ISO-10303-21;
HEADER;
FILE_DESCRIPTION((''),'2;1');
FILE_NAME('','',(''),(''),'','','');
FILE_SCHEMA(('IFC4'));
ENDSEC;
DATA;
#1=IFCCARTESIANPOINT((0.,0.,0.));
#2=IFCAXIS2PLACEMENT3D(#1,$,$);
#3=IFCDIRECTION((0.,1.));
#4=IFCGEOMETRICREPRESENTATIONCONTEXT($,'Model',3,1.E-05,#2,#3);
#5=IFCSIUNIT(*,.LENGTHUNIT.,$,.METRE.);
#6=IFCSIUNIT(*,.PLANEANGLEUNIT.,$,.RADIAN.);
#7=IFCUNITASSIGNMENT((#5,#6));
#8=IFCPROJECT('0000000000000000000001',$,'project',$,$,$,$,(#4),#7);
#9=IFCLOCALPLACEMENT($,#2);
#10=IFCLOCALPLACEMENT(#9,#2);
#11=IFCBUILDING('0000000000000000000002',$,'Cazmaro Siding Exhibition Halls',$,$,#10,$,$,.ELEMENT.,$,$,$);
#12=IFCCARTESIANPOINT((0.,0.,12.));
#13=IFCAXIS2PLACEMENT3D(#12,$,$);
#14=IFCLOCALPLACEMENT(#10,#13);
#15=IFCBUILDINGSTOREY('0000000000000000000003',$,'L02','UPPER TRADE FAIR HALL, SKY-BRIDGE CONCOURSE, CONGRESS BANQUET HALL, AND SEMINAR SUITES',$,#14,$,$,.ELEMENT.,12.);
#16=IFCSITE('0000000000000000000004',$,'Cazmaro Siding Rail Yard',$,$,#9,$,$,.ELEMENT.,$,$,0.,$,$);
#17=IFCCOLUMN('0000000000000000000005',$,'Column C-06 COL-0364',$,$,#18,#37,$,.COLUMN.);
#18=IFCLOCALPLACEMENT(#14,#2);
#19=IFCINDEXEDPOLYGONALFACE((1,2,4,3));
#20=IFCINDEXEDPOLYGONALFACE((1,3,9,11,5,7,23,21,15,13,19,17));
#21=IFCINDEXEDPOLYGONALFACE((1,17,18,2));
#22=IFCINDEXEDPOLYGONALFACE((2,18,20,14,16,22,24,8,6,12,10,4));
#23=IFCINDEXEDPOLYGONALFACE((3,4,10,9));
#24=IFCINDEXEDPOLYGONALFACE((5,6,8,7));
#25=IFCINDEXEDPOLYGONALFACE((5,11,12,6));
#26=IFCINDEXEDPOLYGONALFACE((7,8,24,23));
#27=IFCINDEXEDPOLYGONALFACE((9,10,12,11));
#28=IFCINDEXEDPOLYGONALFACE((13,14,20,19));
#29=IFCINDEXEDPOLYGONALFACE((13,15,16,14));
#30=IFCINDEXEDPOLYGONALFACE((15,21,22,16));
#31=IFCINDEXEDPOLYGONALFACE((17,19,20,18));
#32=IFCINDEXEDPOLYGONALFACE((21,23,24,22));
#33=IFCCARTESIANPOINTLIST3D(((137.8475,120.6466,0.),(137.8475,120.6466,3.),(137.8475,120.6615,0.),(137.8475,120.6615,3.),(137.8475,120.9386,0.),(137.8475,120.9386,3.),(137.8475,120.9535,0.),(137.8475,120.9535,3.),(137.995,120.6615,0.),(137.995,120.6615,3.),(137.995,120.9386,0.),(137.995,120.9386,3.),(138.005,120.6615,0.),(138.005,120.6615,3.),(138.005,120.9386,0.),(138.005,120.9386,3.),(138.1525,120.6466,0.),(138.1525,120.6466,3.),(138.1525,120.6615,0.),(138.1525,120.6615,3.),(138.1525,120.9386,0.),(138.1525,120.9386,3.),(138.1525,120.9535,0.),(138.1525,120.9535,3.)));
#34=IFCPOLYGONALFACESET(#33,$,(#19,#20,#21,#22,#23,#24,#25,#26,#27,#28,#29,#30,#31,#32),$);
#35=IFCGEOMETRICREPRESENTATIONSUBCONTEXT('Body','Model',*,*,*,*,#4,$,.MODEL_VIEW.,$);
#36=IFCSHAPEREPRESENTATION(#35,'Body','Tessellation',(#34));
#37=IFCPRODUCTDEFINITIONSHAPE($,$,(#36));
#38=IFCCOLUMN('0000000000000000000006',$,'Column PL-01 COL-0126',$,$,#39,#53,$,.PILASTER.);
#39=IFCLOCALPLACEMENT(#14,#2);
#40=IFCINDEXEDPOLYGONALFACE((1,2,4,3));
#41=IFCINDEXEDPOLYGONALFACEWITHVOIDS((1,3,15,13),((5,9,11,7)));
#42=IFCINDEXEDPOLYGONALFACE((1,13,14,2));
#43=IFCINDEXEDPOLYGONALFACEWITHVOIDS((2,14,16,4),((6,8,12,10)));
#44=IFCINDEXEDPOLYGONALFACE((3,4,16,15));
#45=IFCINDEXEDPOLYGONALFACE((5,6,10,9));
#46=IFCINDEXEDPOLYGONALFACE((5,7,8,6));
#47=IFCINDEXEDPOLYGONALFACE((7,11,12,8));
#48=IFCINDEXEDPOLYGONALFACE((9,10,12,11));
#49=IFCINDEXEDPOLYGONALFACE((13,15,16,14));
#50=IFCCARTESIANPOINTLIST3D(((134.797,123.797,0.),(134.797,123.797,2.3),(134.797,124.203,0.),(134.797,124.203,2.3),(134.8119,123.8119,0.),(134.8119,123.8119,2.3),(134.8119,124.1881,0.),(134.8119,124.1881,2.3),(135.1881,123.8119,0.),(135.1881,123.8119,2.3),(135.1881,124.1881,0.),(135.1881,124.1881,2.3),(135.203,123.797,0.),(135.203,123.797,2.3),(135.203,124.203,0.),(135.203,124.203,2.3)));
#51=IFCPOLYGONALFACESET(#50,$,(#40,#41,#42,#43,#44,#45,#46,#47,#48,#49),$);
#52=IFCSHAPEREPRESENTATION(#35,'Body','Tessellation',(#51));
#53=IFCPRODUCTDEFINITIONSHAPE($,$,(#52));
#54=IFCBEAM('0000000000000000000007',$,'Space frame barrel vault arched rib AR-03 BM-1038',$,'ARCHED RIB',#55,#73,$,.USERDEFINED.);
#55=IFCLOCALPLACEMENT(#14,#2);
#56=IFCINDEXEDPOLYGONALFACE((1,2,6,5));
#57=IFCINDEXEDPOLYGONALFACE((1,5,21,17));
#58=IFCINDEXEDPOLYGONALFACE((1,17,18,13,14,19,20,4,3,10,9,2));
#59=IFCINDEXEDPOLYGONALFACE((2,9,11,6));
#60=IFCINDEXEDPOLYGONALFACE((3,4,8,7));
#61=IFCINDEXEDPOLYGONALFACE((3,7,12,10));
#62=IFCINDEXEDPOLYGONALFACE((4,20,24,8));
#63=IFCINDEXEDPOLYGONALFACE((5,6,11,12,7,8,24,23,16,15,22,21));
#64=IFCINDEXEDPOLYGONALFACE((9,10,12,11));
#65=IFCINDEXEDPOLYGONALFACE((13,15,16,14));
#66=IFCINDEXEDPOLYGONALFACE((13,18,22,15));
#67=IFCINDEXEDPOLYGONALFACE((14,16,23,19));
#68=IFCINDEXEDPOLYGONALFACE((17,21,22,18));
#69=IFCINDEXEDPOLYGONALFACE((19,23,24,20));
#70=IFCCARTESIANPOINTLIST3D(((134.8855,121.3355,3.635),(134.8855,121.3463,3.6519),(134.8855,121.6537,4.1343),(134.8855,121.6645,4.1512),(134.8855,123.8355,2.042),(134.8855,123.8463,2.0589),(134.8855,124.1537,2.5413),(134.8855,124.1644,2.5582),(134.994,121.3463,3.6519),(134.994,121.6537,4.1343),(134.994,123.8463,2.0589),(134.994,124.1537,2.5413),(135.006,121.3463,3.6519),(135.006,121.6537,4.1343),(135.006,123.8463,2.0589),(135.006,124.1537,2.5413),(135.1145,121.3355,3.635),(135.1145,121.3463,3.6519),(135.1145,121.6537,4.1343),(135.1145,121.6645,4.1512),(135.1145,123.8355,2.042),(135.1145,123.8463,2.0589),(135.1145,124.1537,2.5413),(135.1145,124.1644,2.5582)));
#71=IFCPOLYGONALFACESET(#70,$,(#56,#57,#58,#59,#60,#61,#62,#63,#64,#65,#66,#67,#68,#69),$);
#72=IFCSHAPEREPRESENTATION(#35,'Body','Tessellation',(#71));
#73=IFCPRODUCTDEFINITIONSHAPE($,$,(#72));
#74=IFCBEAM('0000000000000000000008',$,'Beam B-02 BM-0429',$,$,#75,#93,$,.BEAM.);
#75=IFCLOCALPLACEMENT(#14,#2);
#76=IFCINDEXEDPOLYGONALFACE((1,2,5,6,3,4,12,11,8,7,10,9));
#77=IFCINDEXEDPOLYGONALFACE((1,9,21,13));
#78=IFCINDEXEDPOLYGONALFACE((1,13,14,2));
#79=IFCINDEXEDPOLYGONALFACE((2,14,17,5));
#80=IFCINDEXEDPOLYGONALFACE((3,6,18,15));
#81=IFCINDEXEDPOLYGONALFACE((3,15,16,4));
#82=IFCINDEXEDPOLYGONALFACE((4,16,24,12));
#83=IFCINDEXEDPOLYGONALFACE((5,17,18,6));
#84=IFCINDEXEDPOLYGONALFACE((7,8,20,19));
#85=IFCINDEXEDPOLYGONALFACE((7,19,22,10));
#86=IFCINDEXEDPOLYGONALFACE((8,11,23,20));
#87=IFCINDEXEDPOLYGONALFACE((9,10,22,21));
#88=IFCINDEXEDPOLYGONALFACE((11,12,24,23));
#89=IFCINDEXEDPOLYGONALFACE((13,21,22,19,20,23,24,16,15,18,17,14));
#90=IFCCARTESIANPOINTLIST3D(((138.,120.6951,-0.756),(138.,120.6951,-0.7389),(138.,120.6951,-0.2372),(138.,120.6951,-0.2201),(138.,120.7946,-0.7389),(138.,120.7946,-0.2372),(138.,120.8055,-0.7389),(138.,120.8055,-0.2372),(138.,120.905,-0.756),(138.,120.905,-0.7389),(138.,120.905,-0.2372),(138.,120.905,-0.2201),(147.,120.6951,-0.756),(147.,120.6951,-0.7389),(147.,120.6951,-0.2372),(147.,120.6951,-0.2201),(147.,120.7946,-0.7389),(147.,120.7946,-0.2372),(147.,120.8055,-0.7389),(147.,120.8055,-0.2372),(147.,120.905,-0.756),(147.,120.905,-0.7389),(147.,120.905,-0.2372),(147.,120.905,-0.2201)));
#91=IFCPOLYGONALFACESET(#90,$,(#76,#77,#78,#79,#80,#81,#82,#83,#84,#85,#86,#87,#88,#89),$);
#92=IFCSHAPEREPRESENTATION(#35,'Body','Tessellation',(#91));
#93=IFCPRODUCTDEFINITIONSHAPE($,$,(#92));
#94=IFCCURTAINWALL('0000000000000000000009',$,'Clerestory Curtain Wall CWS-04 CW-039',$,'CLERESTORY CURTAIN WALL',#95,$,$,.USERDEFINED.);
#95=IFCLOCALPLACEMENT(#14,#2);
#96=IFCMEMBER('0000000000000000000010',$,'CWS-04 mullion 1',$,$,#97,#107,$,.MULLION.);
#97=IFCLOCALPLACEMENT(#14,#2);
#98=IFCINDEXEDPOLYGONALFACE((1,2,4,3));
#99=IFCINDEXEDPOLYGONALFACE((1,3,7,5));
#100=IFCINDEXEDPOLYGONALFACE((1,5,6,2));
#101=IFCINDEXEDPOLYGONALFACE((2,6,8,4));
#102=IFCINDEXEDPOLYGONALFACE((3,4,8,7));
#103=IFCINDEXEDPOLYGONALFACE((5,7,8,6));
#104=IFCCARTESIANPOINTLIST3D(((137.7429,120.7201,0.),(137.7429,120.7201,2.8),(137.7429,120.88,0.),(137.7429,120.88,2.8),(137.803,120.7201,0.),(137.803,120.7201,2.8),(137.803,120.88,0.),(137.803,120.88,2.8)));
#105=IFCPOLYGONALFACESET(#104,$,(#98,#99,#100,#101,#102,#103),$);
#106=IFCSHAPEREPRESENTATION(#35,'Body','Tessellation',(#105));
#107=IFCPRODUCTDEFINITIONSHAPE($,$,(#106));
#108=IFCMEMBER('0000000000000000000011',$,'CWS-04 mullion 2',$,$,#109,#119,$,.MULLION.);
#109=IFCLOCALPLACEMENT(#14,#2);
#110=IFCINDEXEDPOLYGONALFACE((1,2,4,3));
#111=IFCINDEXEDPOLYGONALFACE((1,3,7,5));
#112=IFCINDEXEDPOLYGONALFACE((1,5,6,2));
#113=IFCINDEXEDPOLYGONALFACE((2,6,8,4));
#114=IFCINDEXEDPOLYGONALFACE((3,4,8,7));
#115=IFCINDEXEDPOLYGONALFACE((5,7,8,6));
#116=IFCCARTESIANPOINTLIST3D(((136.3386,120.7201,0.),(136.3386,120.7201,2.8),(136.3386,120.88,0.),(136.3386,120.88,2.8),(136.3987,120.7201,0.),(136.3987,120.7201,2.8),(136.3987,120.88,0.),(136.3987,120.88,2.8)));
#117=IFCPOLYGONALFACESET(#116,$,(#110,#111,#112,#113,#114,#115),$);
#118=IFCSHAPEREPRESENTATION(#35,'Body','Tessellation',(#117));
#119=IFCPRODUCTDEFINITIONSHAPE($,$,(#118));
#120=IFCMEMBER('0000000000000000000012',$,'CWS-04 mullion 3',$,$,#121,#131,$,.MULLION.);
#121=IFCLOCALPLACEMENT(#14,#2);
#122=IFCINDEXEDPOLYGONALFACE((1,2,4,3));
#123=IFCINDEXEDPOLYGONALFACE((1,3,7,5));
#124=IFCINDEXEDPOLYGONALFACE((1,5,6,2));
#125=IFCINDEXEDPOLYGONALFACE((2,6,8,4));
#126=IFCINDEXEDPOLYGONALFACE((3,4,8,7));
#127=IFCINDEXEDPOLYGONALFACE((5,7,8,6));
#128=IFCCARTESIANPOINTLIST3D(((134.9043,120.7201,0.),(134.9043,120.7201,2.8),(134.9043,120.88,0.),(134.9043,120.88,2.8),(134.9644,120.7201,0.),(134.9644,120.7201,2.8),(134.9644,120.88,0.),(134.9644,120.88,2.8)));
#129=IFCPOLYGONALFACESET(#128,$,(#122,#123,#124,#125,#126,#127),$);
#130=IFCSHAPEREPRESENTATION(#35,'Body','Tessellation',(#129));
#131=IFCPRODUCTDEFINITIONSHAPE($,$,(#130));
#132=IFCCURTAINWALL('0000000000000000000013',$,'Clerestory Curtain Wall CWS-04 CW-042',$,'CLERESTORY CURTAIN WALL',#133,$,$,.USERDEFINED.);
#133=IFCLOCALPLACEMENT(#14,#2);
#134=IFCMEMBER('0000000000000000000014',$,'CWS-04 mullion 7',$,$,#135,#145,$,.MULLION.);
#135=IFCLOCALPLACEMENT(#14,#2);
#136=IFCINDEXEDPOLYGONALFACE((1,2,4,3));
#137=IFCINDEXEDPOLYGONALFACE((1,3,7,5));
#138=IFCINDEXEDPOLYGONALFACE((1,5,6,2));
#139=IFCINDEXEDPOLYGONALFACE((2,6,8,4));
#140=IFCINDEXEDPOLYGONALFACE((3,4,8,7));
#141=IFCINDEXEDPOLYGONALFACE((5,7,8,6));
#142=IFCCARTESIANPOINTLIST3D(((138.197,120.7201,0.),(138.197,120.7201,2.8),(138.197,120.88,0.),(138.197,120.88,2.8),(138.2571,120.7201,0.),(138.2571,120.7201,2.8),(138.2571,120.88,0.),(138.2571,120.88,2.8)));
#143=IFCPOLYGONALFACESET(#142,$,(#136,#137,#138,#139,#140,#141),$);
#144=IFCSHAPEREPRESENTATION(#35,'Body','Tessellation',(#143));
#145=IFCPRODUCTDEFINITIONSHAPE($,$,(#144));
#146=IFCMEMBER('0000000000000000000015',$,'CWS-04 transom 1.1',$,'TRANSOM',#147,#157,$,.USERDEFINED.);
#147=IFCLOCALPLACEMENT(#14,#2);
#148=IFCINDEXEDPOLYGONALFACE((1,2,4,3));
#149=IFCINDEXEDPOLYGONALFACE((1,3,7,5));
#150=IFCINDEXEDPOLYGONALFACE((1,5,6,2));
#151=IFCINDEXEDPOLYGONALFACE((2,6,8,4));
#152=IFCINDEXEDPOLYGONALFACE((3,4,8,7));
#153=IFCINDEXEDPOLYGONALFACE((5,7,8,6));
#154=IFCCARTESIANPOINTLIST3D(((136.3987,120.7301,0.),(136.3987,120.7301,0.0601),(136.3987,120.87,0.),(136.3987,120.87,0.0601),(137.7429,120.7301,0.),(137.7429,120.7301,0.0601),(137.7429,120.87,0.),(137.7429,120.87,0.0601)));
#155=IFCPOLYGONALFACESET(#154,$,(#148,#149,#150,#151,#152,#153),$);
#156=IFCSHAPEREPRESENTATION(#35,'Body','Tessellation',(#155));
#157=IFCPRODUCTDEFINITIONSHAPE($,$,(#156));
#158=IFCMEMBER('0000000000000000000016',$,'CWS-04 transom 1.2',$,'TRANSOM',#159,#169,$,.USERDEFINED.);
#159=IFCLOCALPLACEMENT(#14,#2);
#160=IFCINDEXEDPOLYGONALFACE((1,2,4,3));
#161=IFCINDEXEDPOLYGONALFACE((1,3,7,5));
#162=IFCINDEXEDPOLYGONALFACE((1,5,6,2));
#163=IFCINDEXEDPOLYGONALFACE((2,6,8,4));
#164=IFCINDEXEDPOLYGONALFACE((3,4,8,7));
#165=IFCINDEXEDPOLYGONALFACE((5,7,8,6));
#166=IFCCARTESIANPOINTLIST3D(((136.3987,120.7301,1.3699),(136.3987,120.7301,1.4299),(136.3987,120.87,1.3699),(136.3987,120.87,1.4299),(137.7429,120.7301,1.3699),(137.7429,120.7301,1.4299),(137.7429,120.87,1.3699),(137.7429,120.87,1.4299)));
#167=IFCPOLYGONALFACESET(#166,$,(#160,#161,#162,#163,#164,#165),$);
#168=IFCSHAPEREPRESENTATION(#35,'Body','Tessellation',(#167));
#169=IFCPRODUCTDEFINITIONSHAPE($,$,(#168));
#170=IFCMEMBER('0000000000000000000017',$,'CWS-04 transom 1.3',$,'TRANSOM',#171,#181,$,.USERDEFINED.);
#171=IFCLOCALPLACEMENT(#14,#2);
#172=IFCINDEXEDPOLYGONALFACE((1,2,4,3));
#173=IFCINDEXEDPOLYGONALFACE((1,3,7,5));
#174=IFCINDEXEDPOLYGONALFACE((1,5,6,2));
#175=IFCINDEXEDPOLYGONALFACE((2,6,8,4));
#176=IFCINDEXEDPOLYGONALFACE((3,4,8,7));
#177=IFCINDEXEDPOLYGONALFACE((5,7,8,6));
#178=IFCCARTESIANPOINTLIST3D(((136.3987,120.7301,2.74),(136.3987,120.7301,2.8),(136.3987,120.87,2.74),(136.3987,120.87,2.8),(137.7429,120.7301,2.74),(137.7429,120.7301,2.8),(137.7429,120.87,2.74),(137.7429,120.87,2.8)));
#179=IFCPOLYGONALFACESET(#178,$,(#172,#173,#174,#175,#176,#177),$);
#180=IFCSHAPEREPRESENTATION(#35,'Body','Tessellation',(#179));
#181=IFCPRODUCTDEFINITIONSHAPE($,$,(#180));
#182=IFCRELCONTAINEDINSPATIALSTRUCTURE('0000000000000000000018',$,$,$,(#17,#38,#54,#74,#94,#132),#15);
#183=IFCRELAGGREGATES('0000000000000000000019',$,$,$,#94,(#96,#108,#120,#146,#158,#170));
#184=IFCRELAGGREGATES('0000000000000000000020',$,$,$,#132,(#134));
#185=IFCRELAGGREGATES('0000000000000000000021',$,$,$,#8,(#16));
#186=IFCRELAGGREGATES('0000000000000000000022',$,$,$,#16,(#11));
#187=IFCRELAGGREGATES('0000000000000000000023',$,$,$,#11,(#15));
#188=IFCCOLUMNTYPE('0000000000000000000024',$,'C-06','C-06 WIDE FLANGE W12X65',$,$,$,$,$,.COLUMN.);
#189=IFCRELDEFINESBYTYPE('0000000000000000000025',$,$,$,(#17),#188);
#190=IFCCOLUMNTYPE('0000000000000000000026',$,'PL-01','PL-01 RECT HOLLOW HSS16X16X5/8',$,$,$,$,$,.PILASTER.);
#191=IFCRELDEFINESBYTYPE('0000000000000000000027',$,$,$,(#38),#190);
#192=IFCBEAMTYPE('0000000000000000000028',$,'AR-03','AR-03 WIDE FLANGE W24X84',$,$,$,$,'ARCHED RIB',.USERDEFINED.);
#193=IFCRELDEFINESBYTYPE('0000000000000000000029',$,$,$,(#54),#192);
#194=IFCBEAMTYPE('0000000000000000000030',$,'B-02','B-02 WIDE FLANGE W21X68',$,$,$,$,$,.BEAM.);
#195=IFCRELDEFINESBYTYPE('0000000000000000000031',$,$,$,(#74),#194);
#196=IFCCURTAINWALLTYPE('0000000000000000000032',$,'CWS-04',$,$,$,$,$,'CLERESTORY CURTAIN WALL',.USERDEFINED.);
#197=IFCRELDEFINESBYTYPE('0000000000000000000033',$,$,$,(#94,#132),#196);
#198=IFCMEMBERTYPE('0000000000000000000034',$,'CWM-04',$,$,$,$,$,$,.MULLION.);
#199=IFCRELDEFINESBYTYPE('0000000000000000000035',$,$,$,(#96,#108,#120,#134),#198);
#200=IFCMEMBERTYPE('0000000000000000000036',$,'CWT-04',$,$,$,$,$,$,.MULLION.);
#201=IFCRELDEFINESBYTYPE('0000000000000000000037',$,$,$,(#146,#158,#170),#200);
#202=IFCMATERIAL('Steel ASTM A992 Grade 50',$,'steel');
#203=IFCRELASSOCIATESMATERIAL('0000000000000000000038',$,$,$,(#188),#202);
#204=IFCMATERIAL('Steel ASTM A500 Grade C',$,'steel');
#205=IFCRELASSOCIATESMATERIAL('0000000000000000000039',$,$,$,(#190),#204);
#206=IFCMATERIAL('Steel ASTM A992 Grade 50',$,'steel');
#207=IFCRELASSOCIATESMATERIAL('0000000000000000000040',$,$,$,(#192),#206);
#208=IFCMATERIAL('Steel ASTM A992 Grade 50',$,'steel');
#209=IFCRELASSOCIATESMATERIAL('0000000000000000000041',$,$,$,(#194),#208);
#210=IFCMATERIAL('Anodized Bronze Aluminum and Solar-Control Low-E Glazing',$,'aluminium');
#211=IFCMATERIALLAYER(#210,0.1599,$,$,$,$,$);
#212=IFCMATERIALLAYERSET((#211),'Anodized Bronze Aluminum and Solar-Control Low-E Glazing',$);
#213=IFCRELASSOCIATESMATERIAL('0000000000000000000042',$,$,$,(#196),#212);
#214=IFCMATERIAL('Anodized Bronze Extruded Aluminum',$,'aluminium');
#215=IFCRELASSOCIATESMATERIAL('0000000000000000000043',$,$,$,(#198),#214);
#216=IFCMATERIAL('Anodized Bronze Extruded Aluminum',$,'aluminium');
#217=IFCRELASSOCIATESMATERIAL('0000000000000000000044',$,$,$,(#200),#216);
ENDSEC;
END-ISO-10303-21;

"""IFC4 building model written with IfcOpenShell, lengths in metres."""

from ifc_helpers import new_model, si_unit, direction, frame, origin, origin_2d, place, context, subcontext, project, spatial, rectangle, hollow_rectangle, i_section, extrude, material, layer, layer_set, material_profile, profile_set, type_object, element, aggregate, save


model = new_model("IFC4")

# Units and contexts
model_context = context("Model", 3, precision=1e-05, world=origin(), true_north=direction((0.0, 1.0)))
body_context = subcontext(model_context, "Body", "Model", "MODEL_VIEW")
ifc_project = project(units=[si_unit("LENGTHUNIT", "METRE"), si_unit("PLANEANGLEUNIT", "RADIAN")], contexts=[model_context])

# Site, building, storey
site_placement = place(None, origin())
site = spatial("IfcSite", under=ifc_project, at=site_placement, Name="Cazmaro Siding Rail Yard", CompositionType="ELEMENT", RefElevation=0.0)
building_placement = place(site_placement, origin())
building = spatial("IfcBuilding", under=site, at=building_placement, Name="Cazmaro Siding Exhibition Halls", CompositionType="ELEMENT")
storey_placement = place(building_placement, frame((0.0, 0.0, 12.0)))
storey = spatial("IfcBuildingStorey", under=building, at=storey_placement, Name="L02", Description="UPPER TRADE FAIR HALL, SKY-BRIDGE CONCOURSE, CONGRESS BANQUET HALL, AND SEMINAR SUITES", CompositionType="ELEMENT", Elevation=12.0)

# Columns
ifc_material_1 = material(Name="Steel ASTM A992 Grade 50", Category="steel")
ifc_material_profile_1 = material_profile(ifc_material_1, i_section(OverallWidth=0.3049, OverallDepth=0.3069, WebThickness=0.01, FlangeThickness=0.0149, at=origin_2d()), Name="W12X65")
ifc_profile_set_1 = profile_set([ifc_material_profile_1], Name="Steel ASTM A992 Grade 50")
column_type_1 = type_object("IfcColumnType", Name="C-06", Description="C-06 WIDE FLANGE W12X65", PredefinedType="COLUMN", material=ifc_profile_set_1)
column_1_placement = place(storey_placement, frame((138.0, 120.8, 0.0), z_axis=(0.0, 0.0, 1.0), x_axis=(1.0, 0.0, 0.0)))
element("IfcColumn", 1, at=column_1_placement, inside=storey, type_object=column_type_1, Name="Column C-06 COL-0364", PredefinedType="COLUMN", context=body_context, shape_type="SweptSolid", body=[
    extrude(i_section(OverallWidth=0.3049, OverallDepth=0.3069, WebThickness=0.01, FlangeThickness=0.0149, at=origin_2d()), origin(), (0.0, 0.0, 1.0), 3.0),
])
ifc_material_2 = material(Name="Steel ASTM A500 Grade C", Category="steel")
ifc_material_profile_2 = material_profile(ifc_material_2, hollow_rectangle(XDim=0.406, YDim=0.406, WallThickness=0.0149, at=origin_2d()), Name="HSS16X16X5/8")
ifc_profile_set_2 = profile_set([ifc_material_profile_2], Name="Steel ASTM A500 Grade C")
column_type_2 = type_object("IfcColumnType", Name="PL-01", Description="PL-01 RECT HOLLOW HSS16X16X5/8", PredefinedType="PILASTER", material=ifc_profile_set_2)
column_2_placement = place(storey_placement, frame((135.0, 124.0, 0.0), z_axis=(0.0, 0.0, 1.0), x_axis=(1.0, 0.0, 0.0)))
element("IfcColumn", 2, at=column_2_placement, inside=storey, type_object=column_type_2, Name="Column PL-01 COL-0126", PredefinedType="PILASTER", context=body_context, shape_type="SweptSolid", body=[
    extrude(hollow_rectangle(XDim=0.406, YDim=0.406, WallThickness=0.0149, at=origin_2d()), origin(), (0.0, 0.0, 1.0), 2.3),
])

# Beams
ifc_material_3 = material(Name="Steel ASTM A992 Grade 50", Category="steel")
ifc_material_profile_3 = material_profile(ifc_material_3, i_section(OverallWidth=0.229, OverallDepth=0.6121, WebThickness=0.012, FlangeThickness=0.02, at=origin_2d()), Name="W24X84")
ifc_profile_set_3 = profile_set([ifc_material_profile_3], Name="Steel ASTM A992 Grade 50")
beam_type_1 = type_object("IfcBeamType", Name="AR-03", Description="AR-03 WIDE FLANGE W24X84", ElementType="ARCHED RIB", PredefinedType="USERDEFINED", material=ifc_profile_set_3)
beam_1_placement = place(storey_placement, frame((135.0, 121.5, 3.8931), z_axis=(0.0, 0.843339, -0.537382), x_axis=(-1.0, 0.0, 0.0)))
element("IfcBeam", 3, at=beam_1_placement, inside=storey, type_object=beam_type_1, Name="Space frame barrel vault arched rib AR-03 BM-1038", ObjectType="ARCHED RIB", PredefinedType="USERDEFINED", context=body_context, shape_type="SweptSolid", body=[
    extrude(i_section(OverallWidth=0.229, OverallDepth=0.6121, WebThickness=0.012, FlangeThickness=0.02, at=origin_2d()), origin(), (0.0, 0.0, 1.0), 2.9644),
])
ifc_material_4 = material(Name="Steel ASTM A992 Grade 50", Category="steel")
ifc_material_profile_4 = material_profile(ifc_material_4, i_section(OverallWidth=0.21, OverallDepth=0.5359, WebThickness=0.011, FlangeThickness=0.0171, at=origin_2d()), Name="W21X68")
ifc_profile_set_4 = profile_set([ifc_material_profile_4], Name="Steel ASTM A992 Grade 50")
beam_type_2 = type_object("IfcBeamType", Name="B-02", Description="B-02 WIDE FLANGE W21X68", PredefinedType="BEAM", material=ifc_profile_set_4)
beam_2_placement = place(storey_placement, frame((138.0, 120.8, -0.488), z_axis=(1.0, 0.0, 0.0), x_axis=(0.0, 1.0, 0.0)))
element("IfcBeam", 4, at=beam_2_placement, inside=storey, type_object=beam_type_2, Name="Beam B-02 BM-0429", PredefinedType="BEAM", context=body_context, shape_type="SweptSolid", body=[
    extrude(i_section(OverallWidth=0.21, OverallDepth=0.5359, WebThickness=0.011, FlangeThickness=0.0171, at=origin_2d()), origin(), (0.0, 0.0, 1.0), 9.0),
])

# Curtain wall, members
ifc_material_5 = material(Name="Anodized Bronze Aluminum and Solar-Control Low-E Glazing", Category="aluminium")
ifc_layer_1 = layer(ifc_material_5, 0.1599)
ifc_layer_set_1 = layer_set([ifc_layer_1], Name="Anodized Bronze Aluminum and Solar-Control Low-E Glazing")
curtain_wall_type = type_object("IfcCurtainWallType", Name="CWS-04", ElementType="CLERESTORY CURTAIN WALL", PredefinedType="USERDEFINED", material=ifc_layer_set_1)
curtain_wall_1_placement = place(storey_placement, origin())
curtain_wall_1 = element("IfcCurtainWall", 5, at=curtain_wall_1_placement, inside=storey, type_object=curtain_wall_type, Name="Clerestory Curtain Wall CWS-04 CW-039", ObjectType="CLERESTORY CURTAIN WALL", PredefinedType="USERDEFINED")
ifc_material_6 = material(Name="Anodized Bronze Extruded Aluminum", Category="aluminium")
ifc_material_profile_5 = material_profile(ifc_material_6, rectangle(XDim=0.1599, YDim=0.0601, at=origin_2d()), Name="CWM-04")
ifc_profile_set_5 = profile_set([ifc_material_profile_5], Name="Anodized Bronze Extruded Aluminum")
member_type_1 = type_object("IfcMemberType", Name="CWM-04", PredefinedType="MULLION", material=ifc_profile_set_5)
member_1_placement = place(storey_placement, frame((137.7729, 120.8, 0.0), z_axis=(0.0, 0.0, 1.0), x_axis=(0.0, -1.0, 0.0)))
member_1 = element("IfcMember", 6, at=member_1_placement, type_object=member_type_1, Name="CWS-04 mullion 1", PredefinedType="MULLION", context=body_context, shape_type="SweptSolid", body=[
    extrude(rectangle(XDim=0.1599, YDim=0.0601, at=origin_2d()), origin(), (0.0, 0.0, 1.0), 2.8),
])
member_2_placement = place(storey_placement, frame((136.3687, 120.8, 0.0), z_axis=(0.0, 0.0, 1.0), x_axis=(0.0, -1.0, 0.0)))
member_2 = element("IfcMember", 7, at=member_2_placement, type_object=member_type_1, Name="CWS-04 mullion 2", PredefinedType="MULLION", context=body_context, shape_type="SweptSolid", body=[
    extrude(rectangle(XDim=0.1599, YDim=0.0601, at=origin_2d()), origin(), (0.0, 0.0, 1.0), 2.8),
])
member_3_placement = place(storey_placement, frame((134.9343, 120.8, 0.0), z_axis=(0.0, 0.0, 1.0), x_axis=(0.0, -1.0, 0.0)))
member_3 = element("IfcMember", 8, at=member_3_placement, type_object=member_type_1, Name="CWS-04 mullion 3", PredefinedType="MULLION", context=body_context, shape_type="SweptSolid", body=[
    extrude(rectangle(XDim=0.1599, YDim=0.0601, at=origin_2d()), origin(), (0.0, 0.0, 1.0), 2.8),
])

# Curtain wall, member
curtain_wall_2_placement = place(storey_placement, origin())
curtain_wall_2 = element("IfcCurtainWall", 9, at=curtain_wall_2_placement, inside=storey, type_object=curtain_wall_type, Name="Clerestory Curtain Wall CWS-04 CW-042", ObjectType="CLERESTORY CURTAIN WALL", PredefinedType="USERDEFINED")
member_4_placement = place(storey_placement, frame((138.2271, 120.8, 0.0), z_axis=(0.0, 0.0, 1.0), x_axis=(0.0, -1.0, 0.0)))
member_4 = element("IfcMember", 10, at=member_4_placement, type_object=member_type_1, Name="CWS-04 mullion 7", PredefinedType="MULLION", context=body_context, shape_type="SweptSolid", body=[
    extrude(rectangle(XDim=0.1599, YDim=0.0601, at=origin_2d()), origin(), (0.0, 0.0, 1.0), 2.8),
])

# Members
ifc_material_7 = material(Name="Anodized Bronze Extruded Aluminum", Category="aluminium")
ifc_material_profile_6 = material_profile(ifc_material_7, rectangle(XDim=0.1399, YDim=0.0601, at=origin_2d()), Name="CWT-04")
ifc_profile_set_6 = profile_set([ifc_material_profile_6], Name="Anodized Bronze Extruded Aluminum")
member_type_2 = type_object("IfcMemberType", Name="CWT-04", PredefinedType="MULLION", material=ifc_profile_set_6)
member_5_placement = place(storey_placement, frame((137.7429, 120.8, 0.03), z_axis=(-1.0, 0.0, 0.0), x_axis=(0.0, -1.0, 0.0)))
member_5 = element("IfcMember", 11, at=member_5_placement, type_object=member_type_2, Name="CWS-04 transom 1.1", ObjectType="TRANSOM", PredefinedType="USERDEFINED", context=body_context, shape_type="SweptSolid", body=[
    extrude(rectangle(XDim=0.1399, YDim=0.0601, at=origin_2d()), origin(), (0.0, 0.0, 1.0), 1.3442),
])
member_6_placement = place(storey_placement, frame((137.7429, 120.8, 1.3999), z_axis=(-1.0, 0.0, 0.0), x_axis=(0.0, -1.0, 0.0)))
member_6 = element("IfcMember", 12, at=member_6_placement, type_object=member_type_2, Name="CWS-04 transom 1.2", ObjectType="TRANSOM", PredefinedType="USERDEFINED", context=body_context, shape_type="SweptSolid", body=[
    extrude(rectangle(XDim=0.1399, YDim=0.0601, at=origin_2d()), origin(), (0.0, 0.0, 1.0), 1.3442),
])
member_7_placement = place(storey_placement, frame((137.7429, 120.8, 2.77), z_axis=(-1.0, 0.0, 0.0), x_axis=(0.0, -1.0, 0.0)))
member_7 = element("IfcMember", 13, at=member_7_placement, type_object=member_type_2, Name="CWS-04 transom 1.3", ObjectType="TRANSOM", PredefinedType="USERDEFINED", context=body_context, shape_type="SweptSolid", body=[
    extrude(rectangle(XDim=0.1399, YDim=0.0601, at=origin_2d()), origin(), (0.0, 0.0, 1.0), 1.3442),
])

aggregate(curtain_wall_1, [member_1, member_2, member_3, member_5, member_6, member_7])
aggregate(curtain_wall_2, [member_4])

save(model, "model.ifc")
